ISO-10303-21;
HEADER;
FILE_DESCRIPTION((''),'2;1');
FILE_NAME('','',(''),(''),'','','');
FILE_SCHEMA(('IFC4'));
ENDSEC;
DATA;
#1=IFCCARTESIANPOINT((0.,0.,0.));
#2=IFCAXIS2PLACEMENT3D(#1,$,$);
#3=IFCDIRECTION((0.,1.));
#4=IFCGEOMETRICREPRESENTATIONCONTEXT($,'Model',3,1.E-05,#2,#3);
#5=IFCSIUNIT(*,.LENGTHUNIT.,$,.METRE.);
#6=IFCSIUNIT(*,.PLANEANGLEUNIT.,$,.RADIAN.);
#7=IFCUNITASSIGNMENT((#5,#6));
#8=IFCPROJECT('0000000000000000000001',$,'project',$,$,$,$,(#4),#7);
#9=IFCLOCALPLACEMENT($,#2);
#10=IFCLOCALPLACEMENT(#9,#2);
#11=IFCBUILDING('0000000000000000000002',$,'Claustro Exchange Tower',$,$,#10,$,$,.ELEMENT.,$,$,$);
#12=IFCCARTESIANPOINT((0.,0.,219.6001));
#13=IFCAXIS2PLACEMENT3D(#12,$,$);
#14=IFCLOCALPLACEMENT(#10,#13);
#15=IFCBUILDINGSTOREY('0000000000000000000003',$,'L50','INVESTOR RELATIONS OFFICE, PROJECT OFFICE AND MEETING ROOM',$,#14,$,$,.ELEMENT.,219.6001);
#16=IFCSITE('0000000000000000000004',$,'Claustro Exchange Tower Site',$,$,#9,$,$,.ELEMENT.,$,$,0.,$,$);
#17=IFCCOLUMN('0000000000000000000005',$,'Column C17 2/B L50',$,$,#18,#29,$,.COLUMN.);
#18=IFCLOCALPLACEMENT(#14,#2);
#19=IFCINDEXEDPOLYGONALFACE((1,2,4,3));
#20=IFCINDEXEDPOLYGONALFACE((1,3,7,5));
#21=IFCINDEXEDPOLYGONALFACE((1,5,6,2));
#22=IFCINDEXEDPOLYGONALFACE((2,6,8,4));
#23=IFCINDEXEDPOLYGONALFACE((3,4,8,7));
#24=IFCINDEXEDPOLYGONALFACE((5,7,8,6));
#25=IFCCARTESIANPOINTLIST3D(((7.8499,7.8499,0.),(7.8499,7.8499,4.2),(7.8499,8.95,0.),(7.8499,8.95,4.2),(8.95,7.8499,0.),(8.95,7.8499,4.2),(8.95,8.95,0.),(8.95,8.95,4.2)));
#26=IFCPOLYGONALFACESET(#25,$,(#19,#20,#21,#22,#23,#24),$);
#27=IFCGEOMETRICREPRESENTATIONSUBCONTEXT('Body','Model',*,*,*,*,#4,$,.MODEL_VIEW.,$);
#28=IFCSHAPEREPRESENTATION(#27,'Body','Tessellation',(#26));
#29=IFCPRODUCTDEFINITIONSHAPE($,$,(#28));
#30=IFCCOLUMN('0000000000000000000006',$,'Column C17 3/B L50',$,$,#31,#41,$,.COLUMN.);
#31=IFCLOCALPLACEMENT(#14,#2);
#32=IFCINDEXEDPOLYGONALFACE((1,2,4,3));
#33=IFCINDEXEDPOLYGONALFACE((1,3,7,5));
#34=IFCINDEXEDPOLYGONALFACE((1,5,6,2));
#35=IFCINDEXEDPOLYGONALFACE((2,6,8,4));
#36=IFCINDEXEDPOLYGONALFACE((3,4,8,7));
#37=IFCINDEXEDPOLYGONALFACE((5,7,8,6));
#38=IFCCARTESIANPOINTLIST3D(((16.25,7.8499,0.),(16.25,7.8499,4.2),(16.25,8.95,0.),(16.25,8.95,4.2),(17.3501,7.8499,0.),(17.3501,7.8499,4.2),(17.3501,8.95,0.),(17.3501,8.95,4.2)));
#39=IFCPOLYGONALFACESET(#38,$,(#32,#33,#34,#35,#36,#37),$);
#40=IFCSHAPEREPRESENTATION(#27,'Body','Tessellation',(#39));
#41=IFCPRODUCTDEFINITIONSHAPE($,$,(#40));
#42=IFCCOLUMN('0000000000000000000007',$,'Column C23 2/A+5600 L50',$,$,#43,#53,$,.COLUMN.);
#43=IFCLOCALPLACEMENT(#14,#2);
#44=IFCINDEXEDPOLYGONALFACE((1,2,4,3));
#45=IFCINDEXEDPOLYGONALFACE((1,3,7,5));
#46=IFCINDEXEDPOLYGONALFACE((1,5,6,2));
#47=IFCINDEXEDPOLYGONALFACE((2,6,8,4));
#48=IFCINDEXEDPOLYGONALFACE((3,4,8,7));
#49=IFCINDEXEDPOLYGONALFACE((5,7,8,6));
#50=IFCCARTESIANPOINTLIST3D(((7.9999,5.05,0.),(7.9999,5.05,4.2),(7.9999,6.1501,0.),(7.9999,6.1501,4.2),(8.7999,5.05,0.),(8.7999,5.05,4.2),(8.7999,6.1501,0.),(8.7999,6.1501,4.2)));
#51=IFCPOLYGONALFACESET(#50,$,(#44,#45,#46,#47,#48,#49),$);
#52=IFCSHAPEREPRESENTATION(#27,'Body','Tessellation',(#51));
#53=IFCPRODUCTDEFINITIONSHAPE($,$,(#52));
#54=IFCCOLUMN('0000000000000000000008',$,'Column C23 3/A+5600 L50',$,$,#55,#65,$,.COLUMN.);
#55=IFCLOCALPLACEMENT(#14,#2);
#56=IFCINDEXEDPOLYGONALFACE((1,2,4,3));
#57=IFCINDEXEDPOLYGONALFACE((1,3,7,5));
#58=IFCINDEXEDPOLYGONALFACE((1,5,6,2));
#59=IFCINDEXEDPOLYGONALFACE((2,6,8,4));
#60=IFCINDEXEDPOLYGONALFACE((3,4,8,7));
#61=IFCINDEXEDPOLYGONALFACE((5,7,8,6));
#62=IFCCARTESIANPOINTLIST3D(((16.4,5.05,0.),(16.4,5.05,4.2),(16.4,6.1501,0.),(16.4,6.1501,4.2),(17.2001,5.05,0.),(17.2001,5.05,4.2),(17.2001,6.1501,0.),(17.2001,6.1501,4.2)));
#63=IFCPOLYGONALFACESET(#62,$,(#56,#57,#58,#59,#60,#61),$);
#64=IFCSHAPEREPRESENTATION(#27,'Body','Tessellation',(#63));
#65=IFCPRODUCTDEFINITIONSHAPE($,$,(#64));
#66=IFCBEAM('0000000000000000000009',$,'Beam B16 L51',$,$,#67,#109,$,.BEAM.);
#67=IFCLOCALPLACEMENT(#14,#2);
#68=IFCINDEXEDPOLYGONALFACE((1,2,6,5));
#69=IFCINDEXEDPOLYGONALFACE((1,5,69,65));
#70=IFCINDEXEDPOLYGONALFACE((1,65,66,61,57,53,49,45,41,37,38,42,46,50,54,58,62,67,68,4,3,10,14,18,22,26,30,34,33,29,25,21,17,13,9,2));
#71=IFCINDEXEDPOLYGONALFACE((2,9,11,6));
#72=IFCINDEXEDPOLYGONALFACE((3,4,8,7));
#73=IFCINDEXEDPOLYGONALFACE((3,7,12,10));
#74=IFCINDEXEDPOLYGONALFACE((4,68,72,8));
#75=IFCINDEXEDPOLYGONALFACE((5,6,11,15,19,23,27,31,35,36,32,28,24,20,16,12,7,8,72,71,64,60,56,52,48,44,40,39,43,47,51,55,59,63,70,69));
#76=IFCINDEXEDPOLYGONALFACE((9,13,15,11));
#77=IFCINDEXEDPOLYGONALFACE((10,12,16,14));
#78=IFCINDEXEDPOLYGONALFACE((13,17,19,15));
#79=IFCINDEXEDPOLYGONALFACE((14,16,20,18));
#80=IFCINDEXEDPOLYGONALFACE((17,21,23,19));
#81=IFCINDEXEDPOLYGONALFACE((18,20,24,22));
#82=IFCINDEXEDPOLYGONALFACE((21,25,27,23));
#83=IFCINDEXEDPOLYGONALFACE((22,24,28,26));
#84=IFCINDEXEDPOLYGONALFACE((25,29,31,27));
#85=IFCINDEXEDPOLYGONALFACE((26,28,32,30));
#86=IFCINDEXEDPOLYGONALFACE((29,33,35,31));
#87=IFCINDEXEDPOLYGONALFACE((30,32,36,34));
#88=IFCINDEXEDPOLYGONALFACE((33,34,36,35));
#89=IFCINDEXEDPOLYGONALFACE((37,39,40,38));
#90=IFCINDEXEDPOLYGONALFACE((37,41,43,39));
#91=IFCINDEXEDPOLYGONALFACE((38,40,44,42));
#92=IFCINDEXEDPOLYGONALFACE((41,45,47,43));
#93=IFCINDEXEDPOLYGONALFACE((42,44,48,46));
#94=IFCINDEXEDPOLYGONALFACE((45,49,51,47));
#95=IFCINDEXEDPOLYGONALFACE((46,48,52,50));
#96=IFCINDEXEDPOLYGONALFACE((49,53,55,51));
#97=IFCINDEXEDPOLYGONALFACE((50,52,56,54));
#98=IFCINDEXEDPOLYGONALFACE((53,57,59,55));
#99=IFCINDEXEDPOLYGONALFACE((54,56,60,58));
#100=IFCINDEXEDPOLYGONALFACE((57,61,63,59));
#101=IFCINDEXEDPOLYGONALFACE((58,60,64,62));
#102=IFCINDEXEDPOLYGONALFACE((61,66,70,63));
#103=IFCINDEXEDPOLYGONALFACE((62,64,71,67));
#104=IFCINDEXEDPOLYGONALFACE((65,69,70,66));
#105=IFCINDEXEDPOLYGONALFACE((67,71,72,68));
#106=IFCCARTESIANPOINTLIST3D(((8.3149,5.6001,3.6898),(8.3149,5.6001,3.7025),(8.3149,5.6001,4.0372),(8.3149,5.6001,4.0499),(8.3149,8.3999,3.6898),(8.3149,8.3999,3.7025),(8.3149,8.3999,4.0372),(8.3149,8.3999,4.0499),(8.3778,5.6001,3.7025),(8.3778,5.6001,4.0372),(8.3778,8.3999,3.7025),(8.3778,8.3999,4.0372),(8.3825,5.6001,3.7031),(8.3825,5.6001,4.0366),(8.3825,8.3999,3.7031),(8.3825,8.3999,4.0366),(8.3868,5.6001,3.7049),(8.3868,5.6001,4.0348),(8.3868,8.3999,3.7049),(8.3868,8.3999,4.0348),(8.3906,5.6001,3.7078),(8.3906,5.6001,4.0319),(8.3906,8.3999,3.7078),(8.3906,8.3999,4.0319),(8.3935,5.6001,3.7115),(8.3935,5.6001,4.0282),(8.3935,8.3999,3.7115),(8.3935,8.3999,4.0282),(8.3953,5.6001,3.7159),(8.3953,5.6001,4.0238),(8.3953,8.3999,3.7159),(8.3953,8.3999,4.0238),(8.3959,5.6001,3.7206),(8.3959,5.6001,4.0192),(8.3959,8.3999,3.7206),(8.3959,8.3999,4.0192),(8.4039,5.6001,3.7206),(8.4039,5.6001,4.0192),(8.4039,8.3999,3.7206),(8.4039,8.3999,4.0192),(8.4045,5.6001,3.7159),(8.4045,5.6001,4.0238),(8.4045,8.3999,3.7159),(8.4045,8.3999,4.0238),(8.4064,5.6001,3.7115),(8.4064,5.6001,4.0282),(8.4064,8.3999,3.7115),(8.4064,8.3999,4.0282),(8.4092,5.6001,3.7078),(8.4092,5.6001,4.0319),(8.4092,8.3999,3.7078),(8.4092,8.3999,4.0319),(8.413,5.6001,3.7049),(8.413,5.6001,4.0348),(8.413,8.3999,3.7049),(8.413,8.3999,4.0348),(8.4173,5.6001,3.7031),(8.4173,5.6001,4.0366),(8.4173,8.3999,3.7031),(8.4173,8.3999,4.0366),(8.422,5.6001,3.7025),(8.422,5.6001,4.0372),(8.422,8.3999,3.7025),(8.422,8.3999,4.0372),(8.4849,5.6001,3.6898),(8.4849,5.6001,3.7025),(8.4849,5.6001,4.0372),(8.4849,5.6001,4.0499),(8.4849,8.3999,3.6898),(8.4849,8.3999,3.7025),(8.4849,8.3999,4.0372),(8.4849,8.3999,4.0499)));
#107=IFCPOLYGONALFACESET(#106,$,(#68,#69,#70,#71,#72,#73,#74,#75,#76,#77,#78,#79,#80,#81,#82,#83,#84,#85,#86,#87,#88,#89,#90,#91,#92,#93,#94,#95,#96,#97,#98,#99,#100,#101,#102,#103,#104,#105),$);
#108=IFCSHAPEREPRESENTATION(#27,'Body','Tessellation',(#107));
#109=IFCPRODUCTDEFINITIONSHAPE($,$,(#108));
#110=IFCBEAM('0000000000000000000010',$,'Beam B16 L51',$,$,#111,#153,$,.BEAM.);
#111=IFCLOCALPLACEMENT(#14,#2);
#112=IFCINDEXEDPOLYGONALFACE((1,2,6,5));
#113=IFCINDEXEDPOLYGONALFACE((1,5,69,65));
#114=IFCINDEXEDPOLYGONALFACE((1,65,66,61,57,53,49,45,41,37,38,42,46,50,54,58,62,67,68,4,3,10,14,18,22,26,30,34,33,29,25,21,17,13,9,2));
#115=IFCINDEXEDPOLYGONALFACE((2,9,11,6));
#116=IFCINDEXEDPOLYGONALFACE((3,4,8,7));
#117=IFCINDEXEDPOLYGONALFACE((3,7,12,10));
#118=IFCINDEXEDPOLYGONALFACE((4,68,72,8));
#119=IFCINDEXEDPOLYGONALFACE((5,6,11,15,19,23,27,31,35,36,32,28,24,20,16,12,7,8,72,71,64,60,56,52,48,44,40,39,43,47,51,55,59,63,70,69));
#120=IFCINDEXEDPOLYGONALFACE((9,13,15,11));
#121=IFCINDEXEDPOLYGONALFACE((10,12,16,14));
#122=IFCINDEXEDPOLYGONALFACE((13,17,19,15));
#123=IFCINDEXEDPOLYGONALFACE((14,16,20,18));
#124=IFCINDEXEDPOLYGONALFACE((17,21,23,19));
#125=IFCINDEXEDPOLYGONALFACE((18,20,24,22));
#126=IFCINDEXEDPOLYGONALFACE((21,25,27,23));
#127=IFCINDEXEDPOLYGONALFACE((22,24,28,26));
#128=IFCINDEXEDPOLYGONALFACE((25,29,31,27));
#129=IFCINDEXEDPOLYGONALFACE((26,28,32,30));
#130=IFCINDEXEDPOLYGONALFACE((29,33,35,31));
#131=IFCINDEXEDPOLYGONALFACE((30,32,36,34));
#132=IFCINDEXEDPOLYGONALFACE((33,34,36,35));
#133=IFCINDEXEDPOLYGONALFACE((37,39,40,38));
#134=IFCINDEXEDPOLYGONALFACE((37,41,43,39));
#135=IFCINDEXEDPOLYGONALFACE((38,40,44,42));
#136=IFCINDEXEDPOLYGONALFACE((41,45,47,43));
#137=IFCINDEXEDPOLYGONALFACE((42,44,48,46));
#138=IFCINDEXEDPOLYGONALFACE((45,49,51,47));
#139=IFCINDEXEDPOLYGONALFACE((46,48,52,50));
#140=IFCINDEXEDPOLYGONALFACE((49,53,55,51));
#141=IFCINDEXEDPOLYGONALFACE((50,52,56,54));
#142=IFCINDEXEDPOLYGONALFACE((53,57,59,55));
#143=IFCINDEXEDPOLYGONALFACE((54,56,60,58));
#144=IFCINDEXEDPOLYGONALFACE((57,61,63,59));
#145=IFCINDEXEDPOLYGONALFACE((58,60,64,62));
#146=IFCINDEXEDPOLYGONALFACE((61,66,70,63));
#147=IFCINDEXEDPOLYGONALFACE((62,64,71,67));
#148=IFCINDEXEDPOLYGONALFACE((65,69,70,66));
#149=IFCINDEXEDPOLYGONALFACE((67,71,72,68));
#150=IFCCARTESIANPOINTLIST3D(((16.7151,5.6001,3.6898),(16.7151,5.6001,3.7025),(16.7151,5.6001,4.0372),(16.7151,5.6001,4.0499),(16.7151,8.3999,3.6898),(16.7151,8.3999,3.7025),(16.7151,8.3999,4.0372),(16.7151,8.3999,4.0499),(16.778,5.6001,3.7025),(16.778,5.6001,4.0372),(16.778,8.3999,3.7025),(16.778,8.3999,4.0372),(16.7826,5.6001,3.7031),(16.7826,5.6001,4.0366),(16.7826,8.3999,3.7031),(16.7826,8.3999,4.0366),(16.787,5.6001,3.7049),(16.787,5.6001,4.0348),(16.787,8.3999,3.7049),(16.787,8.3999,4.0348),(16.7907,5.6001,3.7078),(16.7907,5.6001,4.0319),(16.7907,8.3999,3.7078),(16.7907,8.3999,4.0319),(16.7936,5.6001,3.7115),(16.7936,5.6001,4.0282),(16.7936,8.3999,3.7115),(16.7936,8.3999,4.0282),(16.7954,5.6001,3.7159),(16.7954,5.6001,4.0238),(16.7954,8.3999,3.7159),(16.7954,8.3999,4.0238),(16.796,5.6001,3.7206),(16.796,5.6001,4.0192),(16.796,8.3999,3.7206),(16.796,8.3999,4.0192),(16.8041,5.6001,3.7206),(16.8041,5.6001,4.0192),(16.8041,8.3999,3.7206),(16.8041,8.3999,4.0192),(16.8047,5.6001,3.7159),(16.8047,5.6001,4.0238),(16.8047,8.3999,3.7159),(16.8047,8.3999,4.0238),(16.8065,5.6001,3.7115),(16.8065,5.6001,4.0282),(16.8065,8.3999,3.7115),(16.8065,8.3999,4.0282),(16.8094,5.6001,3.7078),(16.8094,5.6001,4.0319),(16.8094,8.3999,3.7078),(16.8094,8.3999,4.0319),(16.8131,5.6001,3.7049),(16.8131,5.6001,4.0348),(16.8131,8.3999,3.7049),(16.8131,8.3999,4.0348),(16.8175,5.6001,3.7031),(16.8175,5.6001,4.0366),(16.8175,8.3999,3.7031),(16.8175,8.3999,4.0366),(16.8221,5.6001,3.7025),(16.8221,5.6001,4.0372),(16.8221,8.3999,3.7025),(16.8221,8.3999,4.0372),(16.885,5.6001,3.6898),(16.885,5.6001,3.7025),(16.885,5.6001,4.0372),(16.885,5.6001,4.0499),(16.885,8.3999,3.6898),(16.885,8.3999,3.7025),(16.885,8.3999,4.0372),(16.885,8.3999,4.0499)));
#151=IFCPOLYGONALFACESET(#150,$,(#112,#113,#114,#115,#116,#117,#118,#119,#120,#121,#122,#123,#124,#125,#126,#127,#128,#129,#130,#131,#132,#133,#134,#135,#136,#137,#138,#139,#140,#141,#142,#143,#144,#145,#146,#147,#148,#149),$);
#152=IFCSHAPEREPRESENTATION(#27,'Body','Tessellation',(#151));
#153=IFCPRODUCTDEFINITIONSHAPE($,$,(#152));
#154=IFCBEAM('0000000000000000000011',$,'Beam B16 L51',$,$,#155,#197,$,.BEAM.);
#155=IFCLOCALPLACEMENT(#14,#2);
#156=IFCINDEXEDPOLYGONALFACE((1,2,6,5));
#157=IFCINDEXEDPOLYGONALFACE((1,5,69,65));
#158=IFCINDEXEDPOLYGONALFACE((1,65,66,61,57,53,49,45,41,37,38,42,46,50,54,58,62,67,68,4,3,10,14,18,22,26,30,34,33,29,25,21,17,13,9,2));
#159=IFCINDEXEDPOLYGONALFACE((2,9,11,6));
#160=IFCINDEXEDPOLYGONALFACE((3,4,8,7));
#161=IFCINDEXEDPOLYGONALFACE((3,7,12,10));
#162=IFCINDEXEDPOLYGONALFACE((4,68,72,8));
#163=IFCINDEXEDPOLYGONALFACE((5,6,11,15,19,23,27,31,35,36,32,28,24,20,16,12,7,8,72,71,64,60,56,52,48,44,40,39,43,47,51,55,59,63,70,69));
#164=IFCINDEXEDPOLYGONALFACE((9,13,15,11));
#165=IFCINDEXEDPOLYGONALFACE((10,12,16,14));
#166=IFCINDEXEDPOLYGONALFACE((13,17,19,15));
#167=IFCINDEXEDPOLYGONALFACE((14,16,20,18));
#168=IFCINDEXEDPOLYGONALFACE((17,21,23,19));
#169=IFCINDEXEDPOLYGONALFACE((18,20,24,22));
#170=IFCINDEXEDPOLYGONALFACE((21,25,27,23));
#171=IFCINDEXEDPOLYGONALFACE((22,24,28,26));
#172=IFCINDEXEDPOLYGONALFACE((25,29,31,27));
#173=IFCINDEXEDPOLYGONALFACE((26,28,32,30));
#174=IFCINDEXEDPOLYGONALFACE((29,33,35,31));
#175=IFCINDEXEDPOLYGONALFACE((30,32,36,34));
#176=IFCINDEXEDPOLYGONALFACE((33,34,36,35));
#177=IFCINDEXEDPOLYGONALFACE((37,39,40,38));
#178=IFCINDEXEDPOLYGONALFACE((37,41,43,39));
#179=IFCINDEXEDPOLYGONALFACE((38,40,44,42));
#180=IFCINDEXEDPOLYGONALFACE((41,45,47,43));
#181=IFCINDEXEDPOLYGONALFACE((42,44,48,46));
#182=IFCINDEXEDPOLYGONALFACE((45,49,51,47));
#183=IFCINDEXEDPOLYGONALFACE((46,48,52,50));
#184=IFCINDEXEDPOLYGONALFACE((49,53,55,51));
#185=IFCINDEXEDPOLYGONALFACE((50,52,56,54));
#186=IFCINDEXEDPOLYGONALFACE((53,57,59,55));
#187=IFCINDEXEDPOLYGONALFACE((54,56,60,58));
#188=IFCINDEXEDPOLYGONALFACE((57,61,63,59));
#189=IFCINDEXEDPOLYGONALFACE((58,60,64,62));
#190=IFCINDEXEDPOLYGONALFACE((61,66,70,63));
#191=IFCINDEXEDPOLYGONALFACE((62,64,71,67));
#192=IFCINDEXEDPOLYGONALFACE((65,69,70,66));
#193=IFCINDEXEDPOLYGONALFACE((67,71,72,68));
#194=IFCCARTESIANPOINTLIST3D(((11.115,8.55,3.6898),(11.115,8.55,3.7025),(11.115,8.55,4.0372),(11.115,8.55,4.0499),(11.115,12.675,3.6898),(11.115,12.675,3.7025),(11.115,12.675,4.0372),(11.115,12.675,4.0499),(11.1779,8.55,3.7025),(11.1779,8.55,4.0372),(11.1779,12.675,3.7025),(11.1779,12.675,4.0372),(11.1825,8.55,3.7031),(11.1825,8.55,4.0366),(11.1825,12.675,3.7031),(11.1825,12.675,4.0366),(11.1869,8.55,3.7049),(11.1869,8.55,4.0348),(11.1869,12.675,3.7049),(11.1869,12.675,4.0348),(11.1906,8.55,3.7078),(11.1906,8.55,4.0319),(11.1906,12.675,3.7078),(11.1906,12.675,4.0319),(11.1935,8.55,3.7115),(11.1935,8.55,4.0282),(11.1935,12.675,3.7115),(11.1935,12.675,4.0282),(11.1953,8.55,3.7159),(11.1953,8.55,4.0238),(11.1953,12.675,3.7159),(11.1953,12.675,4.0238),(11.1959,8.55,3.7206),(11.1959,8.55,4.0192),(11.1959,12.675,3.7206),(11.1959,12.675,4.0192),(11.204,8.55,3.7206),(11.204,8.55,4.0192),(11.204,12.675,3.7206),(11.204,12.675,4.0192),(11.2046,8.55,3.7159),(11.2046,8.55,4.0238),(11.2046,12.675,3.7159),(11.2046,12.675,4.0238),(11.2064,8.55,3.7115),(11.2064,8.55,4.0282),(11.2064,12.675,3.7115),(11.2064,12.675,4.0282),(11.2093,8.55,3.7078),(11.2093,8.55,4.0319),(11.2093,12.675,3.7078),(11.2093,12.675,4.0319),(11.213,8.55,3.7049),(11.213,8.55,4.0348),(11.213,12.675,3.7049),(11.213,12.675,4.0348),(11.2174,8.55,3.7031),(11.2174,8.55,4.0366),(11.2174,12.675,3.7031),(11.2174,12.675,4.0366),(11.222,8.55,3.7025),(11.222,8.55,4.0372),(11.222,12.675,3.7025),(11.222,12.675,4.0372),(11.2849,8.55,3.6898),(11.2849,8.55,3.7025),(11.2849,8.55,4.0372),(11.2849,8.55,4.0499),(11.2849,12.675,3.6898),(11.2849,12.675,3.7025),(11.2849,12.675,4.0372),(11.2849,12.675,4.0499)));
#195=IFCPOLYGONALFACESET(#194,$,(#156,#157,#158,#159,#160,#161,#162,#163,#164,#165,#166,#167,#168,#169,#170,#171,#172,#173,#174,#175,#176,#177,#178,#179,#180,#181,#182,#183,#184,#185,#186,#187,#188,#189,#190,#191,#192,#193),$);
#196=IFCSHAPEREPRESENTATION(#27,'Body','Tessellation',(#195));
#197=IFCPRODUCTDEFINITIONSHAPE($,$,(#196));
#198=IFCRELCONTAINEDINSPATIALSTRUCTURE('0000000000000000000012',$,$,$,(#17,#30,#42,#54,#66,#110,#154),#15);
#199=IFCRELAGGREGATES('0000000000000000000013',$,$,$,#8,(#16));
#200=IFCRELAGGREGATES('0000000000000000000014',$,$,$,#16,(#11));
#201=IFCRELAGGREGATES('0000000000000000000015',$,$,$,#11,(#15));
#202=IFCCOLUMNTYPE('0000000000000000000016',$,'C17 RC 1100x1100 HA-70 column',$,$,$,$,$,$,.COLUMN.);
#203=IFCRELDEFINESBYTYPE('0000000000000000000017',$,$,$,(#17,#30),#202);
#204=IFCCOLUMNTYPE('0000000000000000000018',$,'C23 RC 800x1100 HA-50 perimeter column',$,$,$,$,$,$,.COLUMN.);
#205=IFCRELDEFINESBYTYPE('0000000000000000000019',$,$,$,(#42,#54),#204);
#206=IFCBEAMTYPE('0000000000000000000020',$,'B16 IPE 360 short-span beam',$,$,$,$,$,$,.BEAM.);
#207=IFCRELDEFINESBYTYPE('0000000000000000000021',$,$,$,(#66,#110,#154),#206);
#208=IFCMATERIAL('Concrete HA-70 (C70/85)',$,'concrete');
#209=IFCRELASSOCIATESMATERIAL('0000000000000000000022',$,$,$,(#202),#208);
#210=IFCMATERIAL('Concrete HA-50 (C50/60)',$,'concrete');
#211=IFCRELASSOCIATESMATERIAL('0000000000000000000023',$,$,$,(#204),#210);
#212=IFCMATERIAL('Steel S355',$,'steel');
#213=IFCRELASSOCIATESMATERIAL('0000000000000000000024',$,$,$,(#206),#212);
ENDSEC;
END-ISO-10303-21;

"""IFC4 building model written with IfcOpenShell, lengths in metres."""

from ifc_helpers import new_model, si_unit, direction, frame, origin, origin_2d, place, context, subcontext, project, spatial, rectangle, i_section, extrude, material, material_profile, profile_set, type_object, element, save


model = new_model("IFC4")

# Units and contexts
model_context = context("Model", 3, precision=1e-05, world=origin(), true_north=direction((0.0, 1.0)))
body_context = subcontext(model_context, "Body", "Model", "MODEL_VIEW")
ifc_project = project(units=[si_unit("LENGTHUNIT", "METRE"), si_unit("PLANEANGLEUNIT", "RADIAN")], contexts=[model_context])

# Site, building, storey
site_placement = place(None, origin())
site = spatial("IfcSite", under=ifc_project, at=site_placement, Name="Claustro Exchange Tower Site", CompositionType="ELEMENT", RefElevation=0.0)
building_placement = place(site_placement, origin())
building = spatial("IfcBuilding", under=site, at=building_placement, Name="Claustro Exchange Tower", CompositionType="ELEMENT")
storey_placement = place(building_placement, frame((0.0, 0.0, 219.6001)))
storey = spatial("IfcBuildingStorey", under=building, at=storey_placement, Name="L50", Description="INVESTOR RELATIONS OFFICE, PROJECT OFFICE AND MEETING ROOM", CompositionType="ELEMENT", Elevation=219.6001)

# Columns
ifc_material_1 = material(Name="Concrete HA-70 (C70/85)", Category="concrete")
ifc_material_profile_1 = material_profile(ifc_material_1, rectangle(XDim=1.1001, YDim=1.1001, at=origin_2d()), Name="RC 1100x1100")
ifc_profile_set_1 = profile_set([ifc_material_profile_1], Name="Concrete HA-70 (C70/85)")
column_type_1 = type_object("IfcColumnType", Name="C17 RC 1100x1100 HA-70 column", PredefinedType="COLUMN", material=ifc_profile_set_1)
for number, where, z_axis, x_axis, name in (
    (1, (8.3999, 8.3999, 0.0), (0.0, 0.0, 1.0), (1.0, 0.0, 0.0), "Column C17 2/B L50"),
    (2, (16.8, 8.3999, 0.0), (0.0, 0.0, 1.0), (1.0, 0.0, 0.0), "Column C17 3/B L50"),
):
    element("IfcColumn", number, at=place(storey_placement, frame(where, z_axis=z_axis, x_axis=x_axis)), inside=storey, type_object=column_type_1, Name=name, PredefinedType="COLUMN", context=body_context, shape_type="SweptSolid", body=[
        extrude(rectangle(XDim=1.1001, YDim=1.1001, at=origin_2d()), origin(), (0.0, 0.0, 1.0), 4.2),
    ])
ifc_material_2 = material(Name="Concrete HA-50 (C50/60)", Category="concrete")
ifc_material_profile_2 = material_profile(ifc_material_2, rectangle(XDim=0.8, YDim=1.1001, at=origin_2d()), Name="RC 800x1100")
ifc_profile_set_2 = profile_set([ifc_material_profile_2], Name="Concrete HA-50 (C50/60)")
column_type_2 = type_object("IfcColumnType", Name="C23 RC 800x1100 HA-50 perimeter column", PredefinedType="COLUMN", material=ifc_profile_set_2)
for number, where, z_axis, x_axis, name in (
    (3, (8.3999, 5.6001, 0.0), (0.0, 0.0, 1.0), (1.0, 0.0, 0.0), "Column C23 2/A+5600 L50"),
    (4, (16.8, 5.6001, 0.0), (0.0, 0.0, 1.0), (1.0, 0.0, 0.0), "Column C23 3/A+5600 L50"),
):
    element("IfcColumn", number, at=place(storey_placement, frame(where, z_axis=z_axis, x_axis=x_axis)), inside=storey, type_object=column_type_2, Name=name, PredefinedType="COLUMN", context=body_context, shape_type="SweptSolid", body=[
        extrude(rectangle(XDim=0.8, YDim=1.1001, at=origin_2d()), origin(), (0.0, 0.0, 1.0), 4.2),
    ])

# Beams
ifc_material_3 = material(Name="Steel S355", Category="steel")
ifc_material_profile_3 = material_profile(ifc_material_3, i_section(OverallWidth=0.1699, OverallDepth=0.3601, WebThickness=0.0081, FlangeThickness=0.0127, FilletRadius=0.0181, at=origin_2d()), Name="IPE 360")
ifc_profile_set_3 = profile_set([ifc_material_profile_3], Name="Steel S355")
beam_type_1 = type_object("IfcBeamType", Name="B16 IPE 360 short-span beam", PredefinedType="BEAM", material=ifc_profile_set_3)
for number, where, z_axis, x_axis, name in (
    (5, (8.3999, 5.6001, 3.8699), (0.0, 1.0, 0.0), (-1.0, 0.0, 0.0), "Beam B16 L51"),
    (6, (16.8, 5.6001, 3.8699), (0.0, 1.0, 0.0), (-1.0, 0.0, 0.0), "Beam B16 L51"),
):
    element("IfcBeam", number, at=place(storey_placement, frame(where, z_axis=z_axis, x_axis=x_axis)), inside=storey, type_object=beam_type_1, Name=name, PredefinedType="BEAM", context=body_context, shape_type="SweptSolid", body=[
        extrude(i_section(OverallWidth=0.1699, OverallDepth=0.3601, WebThickness=0.0081, FlangeThickness=0.0127, FilletRadius=0.0181, at=origin_2d()), origin(), (0.0, 0.0, 1.0), 2.7998),
    ])
for number, where, z_axis, x_axis, name in (
    (7, (11.2, 8.55, 3.8699), (0.0, 1.0, 0.0), (-1.0, 0.0, 0.0), "Beam B16 L51"),
):
    element("IfcBeam", number, at=place(storey_placement, frame(where, z_axis=z_axis, x_axis=x_axis)), inside=storey, type_object=beam_type_1, Name=name, PredefinedType="BEAM", context=body_context, shape_type="SweptSolid", body=[
        extrude(i_section(OverallWidth=0.1699, OverallDepth=0.3601, WebThickness=0.0081, FlangeThickness=0.0127, FilletRadius=0.0181, at=origin_2d()), origin(), (0.0, 0.0, 1.0), 4.125),
    ])

save(model, "model.ifc")
